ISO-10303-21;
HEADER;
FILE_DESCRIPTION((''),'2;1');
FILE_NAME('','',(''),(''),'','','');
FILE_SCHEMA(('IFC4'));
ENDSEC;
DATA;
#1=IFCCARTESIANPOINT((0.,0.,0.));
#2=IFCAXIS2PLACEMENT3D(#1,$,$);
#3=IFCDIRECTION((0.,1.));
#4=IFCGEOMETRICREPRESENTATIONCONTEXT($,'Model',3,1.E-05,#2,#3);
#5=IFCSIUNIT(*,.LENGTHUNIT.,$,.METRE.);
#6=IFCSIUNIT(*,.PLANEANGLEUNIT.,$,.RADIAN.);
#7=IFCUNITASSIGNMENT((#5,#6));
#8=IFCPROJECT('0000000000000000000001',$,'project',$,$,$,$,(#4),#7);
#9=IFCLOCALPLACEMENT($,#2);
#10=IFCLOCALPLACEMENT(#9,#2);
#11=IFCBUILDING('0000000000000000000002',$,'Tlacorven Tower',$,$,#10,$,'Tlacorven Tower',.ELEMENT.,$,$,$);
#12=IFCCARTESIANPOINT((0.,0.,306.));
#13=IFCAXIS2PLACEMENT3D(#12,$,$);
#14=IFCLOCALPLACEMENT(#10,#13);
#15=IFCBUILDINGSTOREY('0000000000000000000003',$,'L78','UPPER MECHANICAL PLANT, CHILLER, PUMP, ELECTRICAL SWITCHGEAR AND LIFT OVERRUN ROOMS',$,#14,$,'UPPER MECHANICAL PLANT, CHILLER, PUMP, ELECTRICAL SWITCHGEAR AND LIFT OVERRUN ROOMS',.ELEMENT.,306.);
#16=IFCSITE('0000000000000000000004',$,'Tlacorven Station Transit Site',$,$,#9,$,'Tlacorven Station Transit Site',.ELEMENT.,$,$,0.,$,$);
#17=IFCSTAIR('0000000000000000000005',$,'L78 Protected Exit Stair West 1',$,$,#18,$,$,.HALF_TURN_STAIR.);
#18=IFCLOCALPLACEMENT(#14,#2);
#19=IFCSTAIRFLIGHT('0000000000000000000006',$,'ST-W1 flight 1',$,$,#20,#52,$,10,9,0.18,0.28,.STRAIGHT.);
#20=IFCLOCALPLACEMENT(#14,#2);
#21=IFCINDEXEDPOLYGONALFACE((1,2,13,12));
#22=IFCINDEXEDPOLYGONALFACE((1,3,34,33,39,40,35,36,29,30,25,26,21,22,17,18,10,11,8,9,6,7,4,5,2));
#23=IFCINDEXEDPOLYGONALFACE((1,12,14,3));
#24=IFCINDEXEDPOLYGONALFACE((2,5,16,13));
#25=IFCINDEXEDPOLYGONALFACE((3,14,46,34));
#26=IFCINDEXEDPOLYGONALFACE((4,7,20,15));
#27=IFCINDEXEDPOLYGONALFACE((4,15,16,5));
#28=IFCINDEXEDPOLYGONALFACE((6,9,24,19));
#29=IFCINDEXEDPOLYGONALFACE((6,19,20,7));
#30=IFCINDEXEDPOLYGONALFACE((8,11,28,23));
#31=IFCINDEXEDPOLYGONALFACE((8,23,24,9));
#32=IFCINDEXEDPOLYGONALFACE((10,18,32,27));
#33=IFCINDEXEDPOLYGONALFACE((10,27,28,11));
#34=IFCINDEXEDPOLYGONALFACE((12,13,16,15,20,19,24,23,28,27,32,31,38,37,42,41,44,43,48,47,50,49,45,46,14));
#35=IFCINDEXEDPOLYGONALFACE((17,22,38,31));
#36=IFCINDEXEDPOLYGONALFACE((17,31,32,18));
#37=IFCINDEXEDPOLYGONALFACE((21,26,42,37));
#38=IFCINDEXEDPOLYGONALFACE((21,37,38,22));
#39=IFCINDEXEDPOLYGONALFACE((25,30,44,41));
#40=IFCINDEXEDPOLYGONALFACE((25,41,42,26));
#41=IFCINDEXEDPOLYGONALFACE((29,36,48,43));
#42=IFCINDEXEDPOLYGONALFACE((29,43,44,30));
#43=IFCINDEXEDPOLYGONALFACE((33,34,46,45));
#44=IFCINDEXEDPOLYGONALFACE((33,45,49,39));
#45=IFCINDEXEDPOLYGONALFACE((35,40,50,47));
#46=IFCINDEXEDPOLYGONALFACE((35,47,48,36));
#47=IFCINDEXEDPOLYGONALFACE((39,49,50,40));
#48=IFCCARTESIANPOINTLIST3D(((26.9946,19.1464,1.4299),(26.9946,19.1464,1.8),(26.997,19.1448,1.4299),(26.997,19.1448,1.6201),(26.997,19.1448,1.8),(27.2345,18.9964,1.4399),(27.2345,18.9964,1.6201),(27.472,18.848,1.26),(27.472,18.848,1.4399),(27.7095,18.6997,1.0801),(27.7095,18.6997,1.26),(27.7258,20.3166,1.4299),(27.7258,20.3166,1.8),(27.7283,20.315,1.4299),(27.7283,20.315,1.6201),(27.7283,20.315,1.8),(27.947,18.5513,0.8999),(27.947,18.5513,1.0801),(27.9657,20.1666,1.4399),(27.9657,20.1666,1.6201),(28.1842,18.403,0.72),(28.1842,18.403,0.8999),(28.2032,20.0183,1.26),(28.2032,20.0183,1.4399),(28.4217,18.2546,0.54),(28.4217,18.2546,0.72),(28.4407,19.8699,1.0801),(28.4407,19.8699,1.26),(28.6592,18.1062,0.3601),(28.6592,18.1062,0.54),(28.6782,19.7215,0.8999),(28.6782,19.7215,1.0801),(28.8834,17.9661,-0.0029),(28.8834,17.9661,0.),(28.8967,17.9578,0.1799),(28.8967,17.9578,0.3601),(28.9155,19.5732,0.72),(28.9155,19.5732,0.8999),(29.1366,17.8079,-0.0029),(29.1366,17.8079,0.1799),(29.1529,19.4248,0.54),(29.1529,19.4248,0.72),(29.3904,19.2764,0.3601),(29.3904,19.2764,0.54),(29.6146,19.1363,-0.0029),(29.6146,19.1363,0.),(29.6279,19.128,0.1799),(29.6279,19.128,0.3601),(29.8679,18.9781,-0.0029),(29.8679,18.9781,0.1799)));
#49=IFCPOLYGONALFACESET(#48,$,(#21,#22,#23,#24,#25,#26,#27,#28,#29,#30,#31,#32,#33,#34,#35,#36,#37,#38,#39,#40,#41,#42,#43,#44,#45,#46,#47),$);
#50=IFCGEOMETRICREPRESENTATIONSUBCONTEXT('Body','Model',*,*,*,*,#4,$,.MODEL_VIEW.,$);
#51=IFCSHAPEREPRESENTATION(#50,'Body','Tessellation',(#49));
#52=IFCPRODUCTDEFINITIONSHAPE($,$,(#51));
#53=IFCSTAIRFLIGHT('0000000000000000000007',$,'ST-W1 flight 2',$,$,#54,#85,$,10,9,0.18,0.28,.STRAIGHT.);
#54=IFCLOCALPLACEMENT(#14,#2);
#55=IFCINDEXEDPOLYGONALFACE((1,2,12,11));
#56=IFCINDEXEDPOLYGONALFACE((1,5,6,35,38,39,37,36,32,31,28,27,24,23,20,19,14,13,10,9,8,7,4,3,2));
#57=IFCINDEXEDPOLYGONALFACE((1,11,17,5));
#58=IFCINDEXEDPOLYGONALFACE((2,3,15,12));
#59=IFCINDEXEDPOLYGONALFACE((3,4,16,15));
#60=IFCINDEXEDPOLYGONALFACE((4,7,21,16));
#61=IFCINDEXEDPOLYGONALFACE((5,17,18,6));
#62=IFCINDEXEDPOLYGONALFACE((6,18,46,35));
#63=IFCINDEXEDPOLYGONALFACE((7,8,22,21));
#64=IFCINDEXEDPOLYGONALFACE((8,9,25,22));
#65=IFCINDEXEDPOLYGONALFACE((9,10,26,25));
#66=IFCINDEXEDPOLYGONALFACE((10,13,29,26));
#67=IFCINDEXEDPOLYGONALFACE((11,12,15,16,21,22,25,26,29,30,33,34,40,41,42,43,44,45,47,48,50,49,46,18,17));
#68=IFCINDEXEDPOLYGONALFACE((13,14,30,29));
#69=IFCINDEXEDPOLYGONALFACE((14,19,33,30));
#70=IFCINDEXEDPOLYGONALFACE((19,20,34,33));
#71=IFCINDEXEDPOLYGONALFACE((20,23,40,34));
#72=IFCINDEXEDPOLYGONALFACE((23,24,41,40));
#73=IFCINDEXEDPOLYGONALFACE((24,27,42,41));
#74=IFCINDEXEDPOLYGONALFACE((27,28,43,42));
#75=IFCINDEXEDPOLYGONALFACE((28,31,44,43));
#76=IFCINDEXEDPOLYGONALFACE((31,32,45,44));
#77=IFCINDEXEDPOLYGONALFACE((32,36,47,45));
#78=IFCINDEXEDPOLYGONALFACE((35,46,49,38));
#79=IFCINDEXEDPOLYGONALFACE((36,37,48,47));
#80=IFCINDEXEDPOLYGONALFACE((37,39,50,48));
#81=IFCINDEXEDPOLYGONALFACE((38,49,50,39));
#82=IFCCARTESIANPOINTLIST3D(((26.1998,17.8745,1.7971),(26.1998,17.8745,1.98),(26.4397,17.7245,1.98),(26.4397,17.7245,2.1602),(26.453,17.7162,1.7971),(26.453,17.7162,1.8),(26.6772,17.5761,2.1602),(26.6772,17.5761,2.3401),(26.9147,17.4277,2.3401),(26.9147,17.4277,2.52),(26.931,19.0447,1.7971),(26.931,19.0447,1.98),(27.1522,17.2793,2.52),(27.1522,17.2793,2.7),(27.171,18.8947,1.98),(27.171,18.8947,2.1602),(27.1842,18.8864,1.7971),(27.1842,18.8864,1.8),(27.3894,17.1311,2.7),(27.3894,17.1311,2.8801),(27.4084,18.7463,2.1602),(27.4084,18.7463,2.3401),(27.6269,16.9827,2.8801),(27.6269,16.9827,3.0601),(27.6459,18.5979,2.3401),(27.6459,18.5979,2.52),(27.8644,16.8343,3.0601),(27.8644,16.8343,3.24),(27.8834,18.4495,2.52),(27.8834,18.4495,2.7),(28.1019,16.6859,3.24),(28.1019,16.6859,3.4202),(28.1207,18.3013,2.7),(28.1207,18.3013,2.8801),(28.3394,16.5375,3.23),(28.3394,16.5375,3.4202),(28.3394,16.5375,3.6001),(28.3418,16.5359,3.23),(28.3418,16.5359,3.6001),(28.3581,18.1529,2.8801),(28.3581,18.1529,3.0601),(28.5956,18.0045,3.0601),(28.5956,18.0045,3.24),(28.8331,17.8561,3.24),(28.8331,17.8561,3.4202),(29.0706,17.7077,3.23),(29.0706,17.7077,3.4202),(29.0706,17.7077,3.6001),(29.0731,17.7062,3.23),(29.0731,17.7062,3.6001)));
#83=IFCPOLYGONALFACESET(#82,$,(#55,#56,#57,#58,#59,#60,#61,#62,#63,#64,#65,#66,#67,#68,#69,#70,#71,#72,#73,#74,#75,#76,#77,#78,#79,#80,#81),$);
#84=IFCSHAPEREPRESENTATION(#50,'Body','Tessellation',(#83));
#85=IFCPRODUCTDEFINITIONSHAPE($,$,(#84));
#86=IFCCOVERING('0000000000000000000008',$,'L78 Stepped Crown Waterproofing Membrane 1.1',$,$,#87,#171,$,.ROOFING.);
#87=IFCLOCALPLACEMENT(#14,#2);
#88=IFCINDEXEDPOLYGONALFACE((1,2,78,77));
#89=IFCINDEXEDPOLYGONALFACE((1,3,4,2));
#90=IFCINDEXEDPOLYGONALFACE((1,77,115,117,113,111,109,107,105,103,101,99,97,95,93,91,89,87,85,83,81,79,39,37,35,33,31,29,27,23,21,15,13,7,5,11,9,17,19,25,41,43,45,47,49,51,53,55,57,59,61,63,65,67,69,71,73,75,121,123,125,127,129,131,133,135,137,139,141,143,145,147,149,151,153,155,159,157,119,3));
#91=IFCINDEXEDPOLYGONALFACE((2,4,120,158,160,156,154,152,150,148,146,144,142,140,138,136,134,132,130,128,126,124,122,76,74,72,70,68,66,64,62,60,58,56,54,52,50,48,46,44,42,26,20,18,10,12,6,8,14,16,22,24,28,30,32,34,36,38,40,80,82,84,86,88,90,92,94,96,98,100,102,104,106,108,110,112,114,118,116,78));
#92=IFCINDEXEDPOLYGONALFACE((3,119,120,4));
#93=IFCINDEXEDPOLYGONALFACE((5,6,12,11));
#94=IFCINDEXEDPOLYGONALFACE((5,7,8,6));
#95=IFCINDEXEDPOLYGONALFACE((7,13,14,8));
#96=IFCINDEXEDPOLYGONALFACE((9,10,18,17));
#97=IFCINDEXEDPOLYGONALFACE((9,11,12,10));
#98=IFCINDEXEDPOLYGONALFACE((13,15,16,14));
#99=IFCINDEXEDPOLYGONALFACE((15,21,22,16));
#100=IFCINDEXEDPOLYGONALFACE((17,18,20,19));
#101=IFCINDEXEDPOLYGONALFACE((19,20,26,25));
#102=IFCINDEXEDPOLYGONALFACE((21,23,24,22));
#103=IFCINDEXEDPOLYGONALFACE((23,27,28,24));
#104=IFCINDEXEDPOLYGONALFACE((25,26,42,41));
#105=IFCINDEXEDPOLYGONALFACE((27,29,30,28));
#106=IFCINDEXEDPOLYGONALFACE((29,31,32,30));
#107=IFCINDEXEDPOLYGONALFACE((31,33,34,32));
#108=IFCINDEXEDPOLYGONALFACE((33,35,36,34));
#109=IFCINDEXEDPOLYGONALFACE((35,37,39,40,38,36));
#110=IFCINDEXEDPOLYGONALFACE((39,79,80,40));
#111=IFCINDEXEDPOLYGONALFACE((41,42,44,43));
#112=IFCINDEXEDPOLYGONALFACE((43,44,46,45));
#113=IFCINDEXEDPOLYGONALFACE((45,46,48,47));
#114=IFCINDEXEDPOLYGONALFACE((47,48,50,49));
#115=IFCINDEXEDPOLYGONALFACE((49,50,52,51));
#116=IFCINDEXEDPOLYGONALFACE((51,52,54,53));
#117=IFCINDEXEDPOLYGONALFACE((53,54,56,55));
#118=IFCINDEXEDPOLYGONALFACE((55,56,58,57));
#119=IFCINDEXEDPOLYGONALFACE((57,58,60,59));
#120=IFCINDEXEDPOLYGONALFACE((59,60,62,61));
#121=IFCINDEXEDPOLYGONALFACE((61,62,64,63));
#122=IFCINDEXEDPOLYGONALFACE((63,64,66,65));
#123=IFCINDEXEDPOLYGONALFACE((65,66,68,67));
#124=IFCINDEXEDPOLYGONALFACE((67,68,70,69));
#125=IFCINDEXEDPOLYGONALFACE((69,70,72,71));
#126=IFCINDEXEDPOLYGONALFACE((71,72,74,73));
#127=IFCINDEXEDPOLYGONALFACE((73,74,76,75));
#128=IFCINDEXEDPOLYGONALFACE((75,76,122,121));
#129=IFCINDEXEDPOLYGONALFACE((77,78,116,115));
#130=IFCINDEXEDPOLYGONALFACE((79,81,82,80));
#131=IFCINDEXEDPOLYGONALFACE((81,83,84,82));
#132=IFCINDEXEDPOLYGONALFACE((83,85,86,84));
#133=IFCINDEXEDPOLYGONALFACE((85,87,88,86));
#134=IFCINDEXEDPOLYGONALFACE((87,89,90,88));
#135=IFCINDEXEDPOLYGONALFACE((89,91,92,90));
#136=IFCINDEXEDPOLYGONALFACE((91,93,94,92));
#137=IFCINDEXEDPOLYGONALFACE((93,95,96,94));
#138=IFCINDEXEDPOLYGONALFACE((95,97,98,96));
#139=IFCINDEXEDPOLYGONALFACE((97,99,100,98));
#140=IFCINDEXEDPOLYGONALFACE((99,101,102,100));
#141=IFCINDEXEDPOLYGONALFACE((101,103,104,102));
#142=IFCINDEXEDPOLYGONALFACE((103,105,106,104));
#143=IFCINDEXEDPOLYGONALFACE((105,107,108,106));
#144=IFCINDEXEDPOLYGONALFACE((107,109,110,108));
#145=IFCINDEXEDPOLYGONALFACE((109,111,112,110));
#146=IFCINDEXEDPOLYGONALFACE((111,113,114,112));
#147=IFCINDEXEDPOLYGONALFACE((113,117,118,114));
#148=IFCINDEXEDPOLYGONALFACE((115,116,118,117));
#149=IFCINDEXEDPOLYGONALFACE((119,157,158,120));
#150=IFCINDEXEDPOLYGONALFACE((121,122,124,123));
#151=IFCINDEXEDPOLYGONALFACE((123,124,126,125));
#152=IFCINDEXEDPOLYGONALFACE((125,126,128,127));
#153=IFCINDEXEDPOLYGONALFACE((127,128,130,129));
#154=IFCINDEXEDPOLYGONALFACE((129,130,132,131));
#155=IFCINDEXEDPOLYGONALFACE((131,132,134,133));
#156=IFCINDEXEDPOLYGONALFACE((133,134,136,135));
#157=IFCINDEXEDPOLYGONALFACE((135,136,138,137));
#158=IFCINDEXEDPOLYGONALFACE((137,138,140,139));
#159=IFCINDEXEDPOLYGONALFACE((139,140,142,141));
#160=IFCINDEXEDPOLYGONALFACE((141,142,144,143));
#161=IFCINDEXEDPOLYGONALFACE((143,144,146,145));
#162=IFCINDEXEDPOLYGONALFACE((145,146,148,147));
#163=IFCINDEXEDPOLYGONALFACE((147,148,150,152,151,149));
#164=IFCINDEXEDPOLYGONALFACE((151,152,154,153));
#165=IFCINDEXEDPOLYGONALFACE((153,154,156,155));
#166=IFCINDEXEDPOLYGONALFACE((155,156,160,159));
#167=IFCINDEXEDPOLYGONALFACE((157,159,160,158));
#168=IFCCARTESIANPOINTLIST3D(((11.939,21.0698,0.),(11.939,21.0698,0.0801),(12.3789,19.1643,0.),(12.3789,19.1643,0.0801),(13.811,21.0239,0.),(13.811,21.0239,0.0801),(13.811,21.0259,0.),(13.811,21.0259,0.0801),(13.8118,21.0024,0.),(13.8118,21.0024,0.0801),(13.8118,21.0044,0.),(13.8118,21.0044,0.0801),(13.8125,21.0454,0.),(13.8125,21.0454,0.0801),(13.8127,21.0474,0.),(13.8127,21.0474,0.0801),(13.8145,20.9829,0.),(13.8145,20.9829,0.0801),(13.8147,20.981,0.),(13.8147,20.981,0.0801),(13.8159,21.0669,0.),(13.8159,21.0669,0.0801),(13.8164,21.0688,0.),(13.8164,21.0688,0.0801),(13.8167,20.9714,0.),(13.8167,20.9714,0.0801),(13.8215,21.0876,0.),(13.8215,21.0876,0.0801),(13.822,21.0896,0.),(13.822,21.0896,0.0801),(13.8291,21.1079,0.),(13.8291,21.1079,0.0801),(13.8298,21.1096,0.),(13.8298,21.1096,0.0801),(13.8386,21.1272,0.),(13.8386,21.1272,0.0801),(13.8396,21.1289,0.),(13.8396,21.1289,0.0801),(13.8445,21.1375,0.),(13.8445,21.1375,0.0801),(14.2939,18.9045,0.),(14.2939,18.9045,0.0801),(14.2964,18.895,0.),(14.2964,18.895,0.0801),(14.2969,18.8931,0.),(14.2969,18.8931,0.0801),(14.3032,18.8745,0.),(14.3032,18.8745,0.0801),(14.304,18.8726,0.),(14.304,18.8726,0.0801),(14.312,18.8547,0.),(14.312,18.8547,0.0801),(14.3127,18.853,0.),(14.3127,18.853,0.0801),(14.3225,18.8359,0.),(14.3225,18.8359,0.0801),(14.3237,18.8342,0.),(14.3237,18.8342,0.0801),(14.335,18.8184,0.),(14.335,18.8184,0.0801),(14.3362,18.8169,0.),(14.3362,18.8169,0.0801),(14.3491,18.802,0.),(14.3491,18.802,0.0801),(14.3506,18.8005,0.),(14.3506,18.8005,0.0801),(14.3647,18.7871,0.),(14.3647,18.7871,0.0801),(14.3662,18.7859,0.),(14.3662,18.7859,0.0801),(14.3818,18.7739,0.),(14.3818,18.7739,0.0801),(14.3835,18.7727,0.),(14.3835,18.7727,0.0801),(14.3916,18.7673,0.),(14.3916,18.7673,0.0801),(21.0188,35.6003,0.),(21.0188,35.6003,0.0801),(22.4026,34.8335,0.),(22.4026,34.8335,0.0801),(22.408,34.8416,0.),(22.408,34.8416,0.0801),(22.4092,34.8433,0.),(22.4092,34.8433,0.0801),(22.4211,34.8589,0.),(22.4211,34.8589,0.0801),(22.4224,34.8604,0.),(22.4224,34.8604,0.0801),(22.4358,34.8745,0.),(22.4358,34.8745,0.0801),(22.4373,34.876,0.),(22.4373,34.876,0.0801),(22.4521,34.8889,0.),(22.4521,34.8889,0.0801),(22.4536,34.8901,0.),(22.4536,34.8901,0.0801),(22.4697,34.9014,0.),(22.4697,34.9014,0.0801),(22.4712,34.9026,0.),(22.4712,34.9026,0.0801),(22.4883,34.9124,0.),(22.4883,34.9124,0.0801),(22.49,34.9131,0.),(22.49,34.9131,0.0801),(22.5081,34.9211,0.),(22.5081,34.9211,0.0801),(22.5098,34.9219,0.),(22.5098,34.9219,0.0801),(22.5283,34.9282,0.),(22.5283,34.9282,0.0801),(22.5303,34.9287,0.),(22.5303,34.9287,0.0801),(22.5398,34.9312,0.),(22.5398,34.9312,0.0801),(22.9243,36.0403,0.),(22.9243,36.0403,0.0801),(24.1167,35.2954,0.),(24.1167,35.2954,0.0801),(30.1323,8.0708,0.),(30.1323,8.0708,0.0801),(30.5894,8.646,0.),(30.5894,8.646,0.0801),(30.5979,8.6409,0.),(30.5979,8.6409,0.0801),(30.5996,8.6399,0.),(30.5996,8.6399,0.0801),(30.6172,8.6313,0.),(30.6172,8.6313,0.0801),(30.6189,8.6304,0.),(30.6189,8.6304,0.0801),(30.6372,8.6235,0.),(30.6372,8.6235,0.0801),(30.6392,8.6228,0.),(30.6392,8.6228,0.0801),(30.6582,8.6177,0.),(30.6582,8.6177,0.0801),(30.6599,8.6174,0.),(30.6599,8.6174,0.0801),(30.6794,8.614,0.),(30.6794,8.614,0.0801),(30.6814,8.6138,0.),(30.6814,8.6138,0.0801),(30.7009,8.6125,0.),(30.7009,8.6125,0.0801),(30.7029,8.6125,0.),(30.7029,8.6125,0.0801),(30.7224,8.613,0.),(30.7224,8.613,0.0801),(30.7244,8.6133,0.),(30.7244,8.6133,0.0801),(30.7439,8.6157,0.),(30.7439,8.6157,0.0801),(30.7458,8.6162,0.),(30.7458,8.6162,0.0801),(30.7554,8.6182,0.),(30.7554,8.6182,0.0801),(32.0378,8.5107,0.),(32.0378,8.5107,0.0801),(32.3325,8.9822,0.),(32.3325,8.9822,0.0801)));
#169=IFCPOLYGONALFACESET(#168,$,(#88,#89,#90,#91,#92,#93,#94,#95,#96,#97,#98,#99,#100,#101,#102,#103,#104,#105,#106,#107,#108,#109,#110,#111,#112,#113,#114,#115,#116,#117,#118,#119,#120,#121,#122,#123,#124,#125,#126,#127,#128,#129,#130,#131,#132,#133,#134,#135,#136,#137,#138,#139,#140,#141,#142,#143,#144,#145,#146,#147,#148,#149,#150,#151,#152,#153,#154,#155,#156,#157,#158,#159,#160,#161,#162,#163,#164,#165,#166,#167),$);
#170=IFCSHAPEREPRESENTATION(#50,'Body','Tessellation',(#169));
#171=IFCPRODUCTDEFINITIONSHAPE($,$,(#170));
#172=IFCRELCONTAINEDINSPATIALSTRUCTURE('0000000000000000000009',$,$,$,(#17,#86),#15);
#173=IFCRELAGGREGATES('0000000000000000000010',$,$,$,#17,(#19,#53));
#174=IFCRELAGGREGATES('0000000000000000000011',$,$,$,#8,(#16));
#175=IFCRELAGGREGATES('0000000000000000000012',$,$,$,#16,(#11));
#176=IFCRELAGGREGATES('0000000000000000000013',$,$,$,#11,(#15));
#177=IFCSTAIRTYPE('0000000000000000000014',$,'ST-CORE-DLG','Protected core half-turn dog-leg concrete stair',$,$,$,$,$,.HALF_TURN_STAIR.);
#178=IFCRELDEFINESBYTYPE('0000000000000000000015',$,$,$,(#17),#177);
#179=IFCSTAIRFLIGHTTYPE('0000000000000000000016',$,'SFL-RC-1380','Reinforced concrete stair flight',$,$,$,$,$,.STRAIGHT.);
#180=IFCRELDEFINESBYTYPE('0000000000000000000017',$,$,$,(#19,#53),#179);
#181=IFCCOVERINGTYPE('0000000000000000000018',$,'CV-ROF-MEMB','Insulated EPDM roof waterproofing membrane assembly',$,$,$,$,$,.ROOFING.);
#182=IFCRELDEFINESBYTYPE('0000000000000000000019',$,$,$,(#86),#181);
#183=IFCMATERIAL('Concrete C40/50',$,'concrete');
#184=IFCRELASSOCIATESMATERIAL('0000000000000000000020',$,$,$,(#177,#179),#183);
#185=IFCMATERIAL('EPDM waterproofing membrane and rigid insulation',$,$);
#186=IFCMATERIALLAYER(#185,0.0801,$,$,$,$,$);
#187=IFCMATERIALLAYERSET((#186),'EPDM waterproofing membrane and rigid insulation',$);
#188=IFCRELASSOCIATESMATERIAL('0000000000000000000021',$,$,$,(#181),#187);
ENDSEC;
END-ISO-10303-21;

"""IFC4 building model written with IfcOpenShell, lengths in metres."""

from ifc_helpers import new_model, si_unit, direction, frame, origin, place, context, subcontext, project, spatial, polyline, outline, extrude, source, transform, mapped, material, layer, layer_set, type_object, element, aggregate, save


model = new_model("IFC4")

# Units and contexts
model_context = context("Model", 3, precision=1e-05, world=origin(), true_north=direction((0.0, 1.0)))
body_context = subcontext(model_context, "Body", "Model", "MODEL_VIEW")
ifc_project = project(units=[si_unit("LENGTHUNIT", "METRE"), si_unit("PLANEANGLEUNIT", "RADIAN")], contexts=[model_context])

# Site, building, storey
site_placement = place(None, origin())
site = spatial("IfcSite", under=ifc_project, at=site_placement, Name="Tlacorven Station Transit Site", LongName="Tlacorven Station Transit Site", CompositionType="ELEMENT", RefElevation=0.0)
building_placement = place(site_placement, origin())
building = spatial("IfcBuilding", under=site, at=building_placement, Name="Tlacorven Tower", LongName="Tlacorven Tower", CompositionType="ELEMENT")
storey_placement = place(building_placement, frame((0.0, 0.0, 306.0)))
storey = spatial("IfcBuildingStorey", under=building, at=storey_placement, Name="L78", Description="UPPER MECHANICAL PLANT, CHILLER, PUMP, ELECTRICAL SWITCHGEAR AND LIFT OVERRUN ROOMS", LongName="UPPER MECHANICAL PLANT, CHILLER, PUMP, ELECTRICAL SWITCHGEAR AND LIFT OVERRUN ROOMS", CompositionType="ELEMENT", Elevation=306.0)

# Stair
ifc_material_1 = material(Name="Concrete C40/50", Category="concrete")
stair_type = type_object("IfcStairType", Name="ST-CORE-DLG", Description="Protected core half-turn dog-leg concrete stair", PredefinedType="HALF_TURN_STAIR", material=ifc_material_1)
stair_1_placement = place(storey_placement, origin())
stair_1 = element("IfcStair", 1, at=stair_1_placement, inside=storey, type_object=stair_type, Name="L78 Protected Exit Stair West 1", PredefinedType="HALF_TURN_STAIR")

# Stair flights
stair_flight_type = type_object("IfcStairFlightType", Name="SFL-RC-1380", Description="Reinforced concrete stair flight", PredefinedType="STRAIGHT", material=ifc_material_1)
shared_shape_1 = source(origin(), body_context, "Body", "SweptSolid", [
    extrude(outline(polyline([(-0.0029, -0.0029), (-0.0029, 0.1799), (0.28, 0.1799), (0.28, 0.3601), (0.5601, 0.3601), (0.5601, 0.54), (0.8401, 0.54), (0.8401, 0.72), (1.1201, 0.72), (1.1201, 0.8999), (1.3999, 0.8999), (1.3999, 1.0801), (1.6799, 1.0801), (1.6799, 1.26), (1.96, 1.26), (1.96, 1.4399), (2.24, 1.4399), (2.24, 1.6201), (2.52, 1.6201), (2.52, 1.8), (2.5229, 1.8), (2.5229, 1.4299), (2.52, 1.4299), (0.2957, 0.0), (0.2957, -0.0029), (-0.0029, -0.0029)])), frame((0.0, 0.6899, 0.0), z_axis=(0.0, -1.0, 0.0), x_axis=(1.0, 0.0, 0.0)), (0.0, 0.0, 1.0), 1.3799),
])
stair_flight_1_placement = place(storey_placement, frame((29.4998, 18.3945, 0.0), z_axis=(0.0, 0.0, 1.0), x_axis=(-0.848048, 0.529919, 0.0)))
stair_flight_1 = element("IfcStairFlight", 2, at=stair_flight_1_placement, type_object=stair_flight_type, Name="ST-W1 flight 1", NumberOfRisers=10, NumberOfTreads=9, PredefinedType="STRAIGHT", RiserHeight=0.18, TreadLength=0.28, context=body_context, shape_type="MappedRepresentation", body=[
    mapped(shared_shape_1, transform((0.0, 0.0, 0.0), scale=1.0)),
])
stair_flight_2_placement = place(storey_placement, frame((26.5679, 18.458, 1.8), z_axis=(0.0, 0.0, 1.0), x_axis=(0.848048, -0.529919, 0.0)))
stair_flight_2 = element("IfcStairFlight", 3, at=stair_flight_2_placement, type_object=stair_flight_type, Name="ST-W1 flight 2", NumberOfRisers=10, NumberOfTreads=9, PredefinedType="STRAIGHT", RiserHeight=0.18, TreadLength=0.28, context=body_context, shape_type="MappedRepresentation", body=[
    mapped(shared_shape_1, transform((0.0, 0.0, 0.0), scale=1.0)),
])
aggregate(stair_1, [stair_flight_1, stair_flight_2])

# Covering
ifc_material_2 = material(Name="EPDM waterproofing membrane and rigid insulation")
ifc_layer_1 = layer(ifc_material_2, 0.0801)
ifc_layer_set_1 = layer_set([ifc_layer_1], Name="EPDM waterproofing membrane and rigid insulation")
covering_type_1 = type_object("IfcCoveringType", Name="CV-ROF-MEMB", Description="Insulated EPDM roof waterproofing membrane assembly", PredefinedType="ROOFING", material=ifc_layer_set_1)
covering_1_placement = place(storey_placement, origin())
element("IfcCovering", 4, at=covering_1_placement, inside=storey, type_object=covering_type_1, Name="L78 Stepped Crown Waterproofing Membrane 1.1", PredefinedType="ROOFING", context=body_context, shape_type="SweptSolid", body=[
    extrude(outline(polyline([(32.0378, 8.5107), (30.1323, 8.0708), (12.3789, 19.1643), (11.939, 21.0698), (21.0188, 35.6003), (22.9243, 36.0403), (24.1167, 35.2954), (22.5398, 34.9312), (22.5303, 34.9287), (22.5283, 34.9282), (22.5098, 34.9219), (22.5081, 34.9211), (22.49, 34.9131), (22.4883, 34.9124), (22.4712, 34.9026), (22.4697, 34.9014), (22.4536, 34.8901), (22.4521, 34.8889), (22.4373, 34.876), (22.4358, 34.8745), (22.4224, 34.8604), (22.4211, 34.8589), (22.4092, 34.8433), (22.408, 34.8416), (22.4026, 34.8335), (13.8445, 21.1375), (13.8396, 21.1289), (13.8386, 21.1272), (13.8298, 21.1096), (13.8291, 21.1079), (13.822, 21.0896), (13.8215, 21.0876), (13.8164, 21.0688), (13.8159, 21.0669), (13.8127, 21.0474), (13.8125, 21.0454), (13.811, 21.0259), (13.811, 21.0239), (13.8118, 21.0044), (13.8118, 21.0024), (13.8145, 20.9829), (13.8147, 20.981), (13.8167, 20.9714), (14.2939, 18.9045), (14.2964, 18.895), (14.2969, 18.8931), (14.3032, 18.8745), (14.304, 18.8726), (14.312, 18.8547), (14.3127, 18.853), (14.3225, 18.8359), (14.3237, 18.8342), (14.335, 18.8184), (14.3362, 18.8169), (14.3491, 18.802), (14.3506, 18.8005), (14.3647, 18.7871), (14.3662, 18.7859), (14.3818, 18.7739), (14.3835, 18.7727), (14.3916, 18.7673), (30.5894, 8.646), (30.5979, 8.6409), (30.5996, 8.6399), (30.6172, 8.6313), (30.6189, 8.6304), (30.6372, 8.6235), (30.6392, 8.6228), (30.6582, 8.6177), (30.6599, 8.6174), (30.6794, 8.614), (30.6814, 8.6138), (30.7009, 8.6125), (30.7029, 8.6125), (30.7224, 8.613), (30.7244, 8.6133), (30.7439, 8.6157), (30.7458, 8.6162), (30.7554, 8.6182), (32.3325, 8.9822), (32.0378, 8.5107)])), origin(), (0.0, 0.0, 1.0), 0.0801),
])

save(model, "model.ifc")
